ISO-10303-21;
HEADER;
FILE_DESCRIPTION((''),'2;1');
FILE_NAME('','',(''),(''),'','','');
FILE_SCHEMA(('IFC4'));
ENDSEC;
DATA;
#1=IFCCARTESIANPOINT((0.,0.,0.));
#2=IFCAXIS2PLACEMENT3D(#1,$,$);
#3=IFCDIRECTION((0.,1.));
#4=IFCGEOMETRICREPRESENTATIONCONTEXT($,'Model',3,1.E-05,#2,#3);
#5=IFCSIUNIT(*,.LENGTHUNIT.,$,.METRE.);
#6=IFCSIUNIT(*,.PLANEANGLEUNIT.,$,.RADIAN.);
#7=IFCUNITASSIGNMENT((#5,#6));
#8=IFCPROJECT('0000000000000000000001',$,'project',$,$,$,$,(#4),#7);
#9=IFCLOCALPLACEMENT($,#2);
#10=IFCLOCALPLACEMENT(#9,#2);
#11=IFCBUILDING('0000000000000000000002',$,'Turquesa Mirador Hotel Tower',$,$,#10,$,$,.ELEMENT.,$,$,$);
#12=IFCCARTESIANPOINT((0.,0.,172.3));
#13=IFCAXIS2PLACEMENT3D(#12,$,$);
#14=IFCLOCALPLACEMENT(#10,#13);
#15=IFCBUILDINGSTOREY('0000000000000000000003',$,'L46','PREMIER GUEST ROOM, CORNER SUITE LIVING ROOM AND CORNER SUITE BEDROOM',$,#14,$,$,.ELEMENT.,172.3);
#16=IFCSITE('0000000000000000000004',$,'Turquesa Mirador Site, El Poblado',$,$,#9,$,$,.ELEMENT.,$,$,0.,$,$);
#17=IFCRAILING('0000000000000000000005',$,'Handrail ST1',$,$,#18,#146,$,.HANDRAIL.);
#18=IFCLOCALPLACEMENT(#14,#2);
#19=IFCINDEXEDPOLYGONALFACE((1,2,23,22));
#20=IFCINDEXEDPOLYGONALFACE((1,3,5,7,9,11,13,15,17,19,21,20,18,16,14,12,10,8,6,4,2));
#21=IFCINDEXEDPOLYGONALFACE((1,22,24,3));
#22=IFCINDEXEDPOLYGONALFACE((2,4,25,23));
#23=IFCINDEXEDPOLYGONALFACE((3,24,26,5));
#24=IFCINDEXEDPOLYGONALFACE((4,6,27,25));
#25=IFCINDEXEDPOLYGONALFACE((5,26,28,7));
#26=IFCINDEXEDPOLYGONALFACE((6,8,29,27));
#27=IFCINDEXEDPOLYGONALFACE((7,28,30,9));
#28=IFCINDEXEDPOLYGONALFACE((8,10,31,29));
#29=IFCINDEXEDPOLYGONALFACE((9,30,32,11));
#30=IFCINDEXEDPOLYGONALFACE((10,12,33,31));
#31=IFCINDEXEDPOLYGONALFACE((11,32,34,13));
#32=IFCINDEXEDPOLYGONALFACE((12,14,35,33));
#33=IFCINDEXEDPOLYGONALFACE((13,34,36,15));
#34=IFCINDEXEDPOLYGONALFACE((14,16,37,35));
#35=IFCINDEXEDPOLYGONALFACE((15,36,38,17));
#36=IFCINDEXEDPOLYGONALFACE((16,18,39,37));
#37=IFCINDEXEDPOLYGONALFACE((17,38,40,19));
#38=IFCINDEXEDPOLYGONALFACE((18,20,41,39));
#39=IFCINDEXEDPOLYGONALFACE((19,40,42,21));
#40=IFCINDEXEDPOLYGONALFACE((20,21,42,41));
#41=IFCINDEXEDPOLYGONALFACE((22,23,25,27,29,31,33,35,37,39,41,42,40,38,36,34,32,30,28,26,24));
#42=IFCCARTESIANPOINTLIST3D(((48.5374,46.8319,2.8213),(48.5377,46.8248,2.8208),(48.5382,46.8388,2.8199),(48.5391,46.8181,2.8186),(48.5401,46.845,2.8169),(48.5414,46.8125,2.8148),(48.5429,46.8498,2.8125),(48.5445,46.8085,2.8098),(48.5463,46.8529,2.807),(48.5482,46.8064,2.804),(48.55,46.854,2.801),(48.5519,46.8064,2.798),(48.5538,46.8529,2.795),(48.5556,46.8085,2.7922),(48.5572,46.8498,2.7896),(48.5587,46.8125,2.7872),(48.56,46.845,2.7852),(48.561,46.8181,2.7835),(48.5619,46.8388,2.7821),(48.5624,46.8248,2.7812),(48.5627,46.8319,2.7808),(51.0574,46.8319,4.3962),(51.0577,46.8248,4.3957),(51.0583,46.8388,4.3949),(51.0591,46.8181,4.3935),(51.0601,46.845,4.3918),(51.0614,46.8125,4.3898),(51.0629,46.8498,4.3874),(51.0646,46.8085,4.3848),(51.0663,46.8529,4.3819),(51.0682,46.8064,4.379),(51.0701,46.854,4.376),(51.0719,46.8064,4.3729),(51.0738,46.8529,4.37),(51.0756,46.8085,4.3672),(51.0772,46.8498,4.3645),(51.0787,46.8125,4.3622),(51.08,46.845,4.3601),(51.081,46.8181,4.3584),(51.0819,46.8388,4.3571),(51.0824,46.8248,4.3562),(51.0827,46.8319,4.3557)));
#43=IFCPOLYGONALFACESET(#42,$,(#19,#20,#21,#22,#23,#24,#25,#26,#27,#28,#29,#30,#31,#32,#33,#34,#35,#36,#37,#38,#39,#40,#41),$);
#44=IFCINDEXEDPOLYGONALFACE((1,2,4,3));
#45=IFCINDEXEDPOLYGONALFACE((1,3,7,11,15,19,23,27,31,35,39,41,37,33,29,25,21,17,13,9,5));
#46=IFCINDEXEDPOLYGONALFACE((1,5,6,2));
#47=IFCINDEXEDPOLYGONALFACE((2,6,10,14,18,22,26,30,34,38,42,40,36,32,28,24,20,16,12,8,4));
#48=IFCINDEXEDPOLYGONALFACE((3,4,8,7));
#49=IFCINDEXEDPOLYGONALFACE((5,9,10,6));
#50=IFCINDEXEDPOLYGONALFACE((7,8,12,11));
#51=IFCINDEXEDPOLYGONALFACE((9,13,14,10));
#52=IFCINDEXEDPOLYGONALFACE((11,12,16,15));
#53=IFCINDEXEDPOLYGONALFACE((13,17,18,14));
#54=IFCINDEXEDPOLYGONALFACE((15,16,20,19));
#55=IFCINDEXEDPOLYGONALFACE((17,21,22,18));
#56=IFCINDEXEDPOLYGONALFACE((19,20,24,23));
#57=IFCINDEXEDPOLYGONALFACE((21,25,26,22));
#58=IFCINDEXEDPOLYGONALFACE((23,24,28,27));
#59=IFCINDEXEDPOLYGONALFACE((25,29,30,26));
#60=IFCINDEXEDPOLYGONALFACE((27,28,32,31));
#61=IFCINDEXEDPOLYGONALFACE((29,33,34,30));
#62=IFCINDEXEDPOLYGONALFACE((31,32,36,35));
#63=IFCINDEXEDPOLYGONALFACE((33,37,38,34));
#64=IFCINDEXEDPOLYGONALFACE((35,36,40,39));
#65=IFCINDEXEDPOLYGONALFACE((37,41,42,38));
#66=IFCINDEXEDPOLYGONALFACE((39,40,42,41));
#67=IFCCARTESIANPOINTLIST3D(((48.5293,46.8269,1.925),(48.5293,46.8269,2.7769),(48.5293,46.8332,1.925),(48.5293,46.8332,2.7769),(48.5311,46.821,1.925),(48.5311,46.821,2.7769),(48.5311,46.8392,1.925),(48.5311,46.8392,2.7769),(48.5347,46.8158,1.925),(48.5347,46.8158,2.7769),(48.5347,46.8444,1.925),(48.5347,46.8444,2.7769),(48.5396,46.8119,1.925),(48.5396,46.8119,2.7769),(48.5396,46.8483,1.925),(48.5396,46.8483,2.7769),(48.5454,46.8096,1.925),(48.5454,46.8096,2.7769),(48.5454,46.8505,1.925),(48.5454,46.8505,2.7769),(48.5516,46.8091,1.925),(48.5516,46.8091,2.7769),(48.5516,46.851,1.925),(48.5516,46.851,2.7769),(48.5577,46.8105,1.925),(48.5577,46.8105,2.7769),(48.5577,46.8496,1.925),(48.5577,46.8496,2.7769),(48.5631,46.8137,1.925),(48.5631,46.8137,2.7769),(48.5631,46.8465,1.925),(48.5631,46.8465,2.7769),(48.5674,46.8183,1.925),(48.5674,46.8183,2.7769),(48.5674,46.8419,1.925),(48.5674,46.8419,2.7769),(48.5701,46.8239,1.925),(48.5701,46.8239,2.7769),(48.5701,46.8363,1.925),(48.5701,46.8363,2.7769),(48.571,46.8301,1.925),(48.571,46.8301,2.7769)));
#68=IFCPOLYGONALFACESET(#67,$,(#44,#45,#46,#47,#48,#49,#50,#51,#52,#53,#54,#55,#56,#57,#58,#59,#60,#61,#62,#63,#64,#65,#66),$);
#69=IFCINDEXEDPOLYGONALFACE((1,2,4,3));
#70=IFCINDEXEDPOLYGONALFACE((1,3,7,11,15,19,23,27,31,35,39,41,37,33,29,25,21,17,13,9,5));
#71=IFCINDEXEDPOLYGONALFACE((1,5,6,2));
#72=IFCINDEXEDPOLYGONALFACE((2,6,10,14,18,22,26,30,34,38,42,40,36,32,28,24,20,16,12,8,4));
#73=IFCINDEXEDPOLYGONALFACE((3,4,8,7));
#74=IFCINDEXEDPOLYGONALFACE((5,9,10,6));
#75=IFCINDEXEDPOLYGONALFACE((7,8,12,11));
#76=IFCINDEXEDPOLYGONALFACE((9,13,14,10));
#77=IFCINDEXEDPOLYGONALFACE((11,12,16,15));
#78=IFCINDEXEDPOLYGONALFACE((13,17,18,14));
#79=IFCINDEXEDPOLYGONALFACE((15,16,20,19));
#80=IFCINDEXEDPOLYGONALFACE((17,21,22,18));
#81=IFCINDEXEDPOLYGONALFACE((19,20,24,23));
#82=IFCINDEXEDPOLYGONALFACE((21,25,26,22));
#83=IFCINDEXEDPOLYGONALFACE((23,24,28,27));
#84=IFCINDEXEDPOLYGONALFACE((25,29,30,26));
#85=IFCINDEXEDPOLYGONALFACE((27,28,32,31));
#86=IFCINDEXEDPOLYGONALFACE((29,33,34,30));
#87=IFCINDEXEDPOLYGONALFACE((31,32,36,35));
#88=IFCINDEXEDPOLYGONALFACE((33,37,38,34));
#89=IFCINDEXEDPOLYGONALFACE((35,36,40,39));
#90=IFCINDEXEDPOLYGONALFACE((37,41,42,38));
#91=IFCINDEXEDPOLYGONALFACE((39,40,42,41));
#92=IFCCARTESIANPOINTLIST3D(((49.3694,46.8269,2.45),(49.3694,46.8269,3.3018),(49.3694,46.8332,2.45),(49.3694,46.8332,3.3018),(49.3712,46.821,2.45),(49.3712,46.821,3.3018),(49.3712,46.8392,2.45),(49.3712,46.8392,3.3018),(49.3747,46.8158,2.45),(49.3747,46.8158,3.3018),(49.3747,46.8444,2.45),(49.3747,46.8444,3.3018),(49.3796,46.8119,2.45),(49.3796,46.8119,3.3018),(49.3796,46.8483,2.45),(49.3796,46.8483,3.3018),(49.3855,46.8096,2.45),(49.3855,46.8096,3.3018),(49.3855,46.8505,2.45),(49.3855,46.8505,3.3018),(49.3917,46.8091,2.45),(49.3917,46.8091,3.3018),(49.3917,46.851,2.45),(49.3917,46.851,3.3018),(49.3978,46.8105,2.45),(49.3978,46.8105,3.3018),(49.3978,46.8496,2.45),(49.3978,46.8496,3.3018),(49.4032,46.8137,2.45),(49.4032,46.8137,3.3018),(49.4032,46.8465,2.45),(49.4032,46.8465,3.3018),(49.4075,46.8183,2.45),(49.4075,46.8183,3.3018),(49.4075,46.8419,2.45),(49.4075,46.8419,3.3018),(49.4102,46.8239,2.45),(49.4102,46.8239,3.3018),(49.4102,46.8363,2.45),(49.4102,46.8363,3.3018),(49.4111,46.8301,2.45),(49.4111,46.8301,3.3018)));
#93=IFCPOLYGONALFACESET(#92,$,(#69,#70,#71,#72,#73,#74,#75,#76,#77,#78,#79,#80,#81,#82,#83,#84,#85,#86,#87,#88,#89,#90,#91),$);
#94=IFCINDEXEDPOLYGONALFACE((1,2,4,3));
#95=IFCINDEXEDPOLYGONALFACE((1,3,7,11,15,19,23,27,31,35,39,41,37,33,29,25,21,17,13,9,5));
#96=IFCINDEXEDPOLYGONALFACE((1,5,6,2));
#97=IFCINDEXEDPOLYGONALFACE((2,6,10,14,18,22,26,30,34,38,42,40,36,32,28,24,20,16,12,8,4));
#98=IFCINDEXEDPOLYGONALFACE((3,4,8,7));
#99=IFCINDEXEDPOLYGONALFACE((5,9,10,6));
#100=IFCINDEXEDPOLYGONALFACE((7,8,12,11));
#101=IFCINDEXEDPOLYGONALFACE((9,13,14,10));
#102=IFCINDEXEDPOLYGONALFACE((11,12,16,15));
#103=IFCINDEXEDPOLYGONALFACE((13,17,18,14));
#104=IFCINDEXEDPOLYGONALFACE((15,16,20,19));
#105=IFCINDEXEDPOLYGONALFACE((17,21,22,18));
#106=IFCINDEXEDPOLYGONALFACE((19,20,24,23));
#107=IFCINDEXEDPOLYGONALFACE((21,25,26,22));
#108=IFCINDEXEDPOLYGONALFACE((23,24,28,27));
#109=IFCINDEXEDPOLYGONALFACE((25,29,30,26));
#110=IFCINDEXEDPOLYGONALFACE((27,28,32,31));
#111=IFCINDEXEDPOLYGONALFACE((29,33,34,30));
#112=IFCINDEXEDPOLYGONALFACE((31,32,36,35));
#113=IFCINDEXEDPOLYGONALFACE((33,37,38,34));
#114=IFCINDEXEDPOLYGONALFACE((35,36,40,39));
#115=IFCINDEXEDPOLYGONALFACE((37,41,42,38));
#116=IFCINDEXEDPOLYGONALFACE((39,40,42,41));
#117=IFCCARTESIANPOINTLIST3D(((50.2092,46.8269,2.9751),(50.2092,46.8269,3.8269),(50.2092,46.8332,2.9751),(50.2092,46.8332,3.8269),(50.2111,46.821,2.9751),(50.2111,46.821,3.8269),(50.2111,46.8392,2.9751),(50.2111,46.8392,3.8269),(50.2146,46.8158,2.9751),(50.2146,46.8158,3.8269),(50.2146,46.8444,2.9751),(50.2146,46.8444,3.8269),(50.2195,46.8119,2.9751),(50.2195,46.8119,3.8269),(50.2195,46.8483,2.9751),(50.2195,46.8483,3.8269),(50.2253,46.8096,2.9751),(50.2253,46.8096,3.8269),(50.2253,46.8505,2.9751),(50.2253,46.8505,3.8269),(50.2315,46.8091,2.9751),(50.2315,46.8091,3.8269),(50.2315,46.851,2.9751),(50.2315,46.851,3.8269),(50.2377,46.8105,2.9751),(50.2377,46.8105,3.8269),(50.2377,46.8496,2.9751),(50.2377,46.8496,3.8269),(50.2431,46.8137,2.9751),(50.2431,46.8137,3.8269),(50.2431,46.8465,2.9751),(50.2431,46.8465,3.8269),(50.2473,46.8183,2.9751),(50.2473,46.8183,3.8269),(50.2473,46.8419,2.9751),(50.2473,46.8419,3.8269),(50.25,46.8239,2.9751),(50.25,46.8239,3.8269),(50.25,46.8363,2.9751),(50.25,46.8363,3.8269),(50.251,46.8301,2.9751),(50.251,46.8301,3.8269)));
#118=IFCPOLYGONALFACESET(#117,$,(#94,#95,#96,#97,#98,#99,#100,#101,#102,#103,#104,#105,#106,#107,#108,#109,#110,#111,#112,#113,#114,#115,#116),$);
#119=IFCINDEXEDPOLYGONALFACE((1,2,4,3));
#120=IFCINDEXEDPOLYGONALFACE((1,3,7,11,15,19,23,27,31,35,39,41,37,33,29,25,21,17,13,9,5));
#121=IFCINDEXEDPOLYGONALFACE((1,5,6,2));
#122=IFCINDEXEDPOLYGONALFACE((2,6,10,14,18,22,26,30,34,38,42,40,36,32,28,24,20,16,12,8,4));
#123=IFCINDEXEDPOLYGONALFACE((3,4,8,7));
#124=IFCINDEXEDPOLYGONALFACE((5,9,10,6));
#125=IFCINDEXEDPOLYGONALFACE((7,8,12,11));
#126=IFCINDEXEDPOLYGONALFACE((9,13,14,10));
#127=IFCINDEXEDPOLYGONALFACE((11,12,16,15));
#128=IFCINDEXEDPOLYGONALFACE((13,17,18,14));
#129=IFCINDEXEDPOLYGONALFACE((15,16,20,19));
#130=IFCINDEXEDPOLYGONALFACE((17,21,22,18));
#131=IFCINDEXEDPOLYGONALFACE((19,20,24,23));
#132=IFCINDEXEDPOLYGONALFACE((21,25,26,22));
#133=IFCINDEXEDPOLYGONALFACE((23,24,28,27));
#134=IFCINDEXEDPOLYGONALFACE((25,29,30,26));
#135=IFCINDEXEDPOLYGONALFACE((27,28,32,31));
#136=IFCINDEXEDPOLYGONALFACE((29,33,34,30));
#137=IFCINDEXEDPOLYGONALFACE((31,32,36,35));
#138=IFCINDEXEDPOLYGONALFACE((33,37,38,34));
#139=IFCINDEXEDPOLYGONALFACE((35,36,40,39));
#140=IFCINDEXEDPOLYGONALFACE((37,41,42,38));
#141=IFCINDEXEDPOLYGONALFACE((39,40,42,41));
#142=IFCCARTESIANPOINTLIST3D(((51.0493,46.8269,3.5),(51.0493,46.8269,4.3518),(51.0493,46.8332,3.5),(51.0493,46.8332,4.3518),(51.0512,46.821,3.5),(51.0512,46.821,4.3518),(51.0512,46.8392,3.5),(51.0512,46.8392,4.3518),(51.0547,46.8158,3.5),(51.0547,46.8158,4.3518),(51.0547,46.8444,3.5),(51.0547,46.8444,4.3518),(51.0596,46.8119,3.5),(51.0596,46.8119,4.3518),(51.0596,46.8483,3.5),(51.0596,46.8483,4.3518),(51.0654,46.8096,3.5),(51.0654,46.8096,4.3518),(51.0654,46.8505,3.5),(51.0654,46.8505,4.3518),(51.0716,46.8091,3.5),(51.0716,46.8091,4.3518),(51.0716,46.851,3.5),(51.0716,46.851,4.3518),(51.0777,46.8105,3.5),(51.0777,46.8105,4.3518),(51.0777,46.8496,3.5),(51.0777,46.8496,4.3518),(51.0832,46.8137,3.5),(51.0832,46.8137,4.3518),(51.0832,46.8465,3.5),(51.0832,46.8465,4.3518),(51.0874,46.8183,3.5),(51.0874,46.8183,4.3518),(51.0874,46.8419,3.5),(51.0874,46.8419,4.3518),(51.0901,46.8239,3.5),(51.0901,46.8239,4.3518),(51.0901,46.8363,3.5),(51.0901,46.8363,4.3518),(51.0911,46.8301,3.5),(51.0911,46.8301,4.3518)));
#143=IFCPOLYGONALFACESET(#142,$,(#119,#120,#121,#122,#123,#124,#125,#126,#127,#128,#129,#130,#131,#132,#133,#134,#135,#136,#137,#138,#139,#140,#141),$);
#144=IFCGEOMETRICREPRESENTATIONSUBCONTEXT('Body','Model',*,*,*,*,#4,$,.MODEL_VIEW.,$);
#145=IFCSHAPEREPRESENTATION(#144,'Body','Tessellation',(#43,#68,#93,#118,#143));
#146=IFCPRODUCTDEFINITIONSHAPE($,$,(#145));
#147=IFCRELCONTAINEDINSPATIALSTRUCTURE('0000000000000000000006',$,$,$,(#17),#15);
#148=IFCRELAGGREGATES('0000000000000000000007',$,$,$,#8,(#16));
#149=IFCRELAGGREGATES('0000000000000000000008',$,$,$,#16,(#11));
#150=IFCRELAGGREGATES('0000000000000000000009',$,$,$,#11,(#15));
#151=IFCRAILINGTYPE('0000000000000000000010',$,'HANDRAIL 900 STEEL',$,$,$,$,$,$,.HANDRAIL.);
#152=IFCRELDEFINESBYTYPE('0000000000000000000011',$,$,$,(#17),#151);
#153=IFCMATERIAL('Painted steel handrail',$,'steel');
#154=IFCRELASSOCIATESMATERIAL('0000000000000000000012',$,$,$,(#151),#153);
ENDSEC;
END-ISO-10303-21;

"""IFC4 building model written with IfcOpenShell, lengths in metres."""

from ifc_helpers import new_model, si_unit, direction, frame, origin, origin_2d, place, context, subcontext, project, spatial, circle, extrude, material, type_object, element, save


model = new_model("IFC4")

# Units and contexts
model_context = context("Model", 3, precision=1e-05, world=origin(), true_north=direction((0.0, 1.0)))
body_context = subcontext(model_context, "Body", "Model", "MODEL_VIEW")
ifc_project = project(units=[si_unit("LENGTHUNIT", "METRE"), si_unit("PLANEANGLEUNIT", "RADIAN")], contexts=[model_context])

# Site, building, storey
site_placement = place(None, origin())
site = spatial("IfcSite", under=ifc_project, at=site_placement, Name="Turquesa Mirador Site, El Poblado", CompositionType="ELEMENT", RefElevation=0.0)
building_placement = place(site_placement, origin())
building = spatial("IfcBuilding", under=site, at=building_placement, Name="Turquesa Mirador Hotel Tower", CompositionType="ELEMENT")
storey_placement = place(building_placement, frame((0.0, 0.0, 172.3)))
storey = spatial("IfcBuildingStorey", under=building, at=storey_placement, Name="L46", Description="PREMIER GUEST ROOM, CORNER SUITE LIVING ROOM AND CORNER SUITE BEDROOM", CompositionType="ELEMENT", Elevation=172.3)

# Railing
ifc_material_1 = material(Name="Painted steel handrail", Category="steel")
railing_type = type_object("IfcRailingType", Name="HANDRAIL 900 STEEL", PredefinedType="HANDRAIL", material=ifc_material_1)
for number, where, name in (
    (1, (48.55, 46.8301, 1.925), "Handrail ST1"),
):
    element("IfcRailing", number, at=place(storey_placement, frame(where)), inside=storey, type_object=railing_type, Name=name, PredefinedType="HANDRAIL", context=body_context, shape_type="SweptSolid", body=[
        extrude(circle(Radius=0.0239, at=origin_2d()), frame((0.0, 0.0, 0.876), z_axis=(0.848008, 0.0, 0.529984), x_axis=(0.0, 1.0, 0.0)), (0.0, 0.0, 1.0), 2.9717),
        extrude(circle(Radius=0.021, at=origin_2d()), origin(), (0.0, 0.0, 1.0), 0.8518),
        extrude(circle(Radius=0.021, at=origin_2d()), frame((0.8401, 0.0, 0.5249)), (0.0, 0.0, 1.0), 0.8518),
        extrude(circle(Radius=0.021, at=origin_2d()), frame((1.6799, 0.0, 1.05)), (0.0, 0.0, 1.0), 0.8518),
        extrude(circle(Radius=0.021, at=origin_2d()), frame((2.52, 0.0, 1.575)), (0.0, 0.0, 1.0), 0.8518),
    ])

save(model, "model.ifc")
